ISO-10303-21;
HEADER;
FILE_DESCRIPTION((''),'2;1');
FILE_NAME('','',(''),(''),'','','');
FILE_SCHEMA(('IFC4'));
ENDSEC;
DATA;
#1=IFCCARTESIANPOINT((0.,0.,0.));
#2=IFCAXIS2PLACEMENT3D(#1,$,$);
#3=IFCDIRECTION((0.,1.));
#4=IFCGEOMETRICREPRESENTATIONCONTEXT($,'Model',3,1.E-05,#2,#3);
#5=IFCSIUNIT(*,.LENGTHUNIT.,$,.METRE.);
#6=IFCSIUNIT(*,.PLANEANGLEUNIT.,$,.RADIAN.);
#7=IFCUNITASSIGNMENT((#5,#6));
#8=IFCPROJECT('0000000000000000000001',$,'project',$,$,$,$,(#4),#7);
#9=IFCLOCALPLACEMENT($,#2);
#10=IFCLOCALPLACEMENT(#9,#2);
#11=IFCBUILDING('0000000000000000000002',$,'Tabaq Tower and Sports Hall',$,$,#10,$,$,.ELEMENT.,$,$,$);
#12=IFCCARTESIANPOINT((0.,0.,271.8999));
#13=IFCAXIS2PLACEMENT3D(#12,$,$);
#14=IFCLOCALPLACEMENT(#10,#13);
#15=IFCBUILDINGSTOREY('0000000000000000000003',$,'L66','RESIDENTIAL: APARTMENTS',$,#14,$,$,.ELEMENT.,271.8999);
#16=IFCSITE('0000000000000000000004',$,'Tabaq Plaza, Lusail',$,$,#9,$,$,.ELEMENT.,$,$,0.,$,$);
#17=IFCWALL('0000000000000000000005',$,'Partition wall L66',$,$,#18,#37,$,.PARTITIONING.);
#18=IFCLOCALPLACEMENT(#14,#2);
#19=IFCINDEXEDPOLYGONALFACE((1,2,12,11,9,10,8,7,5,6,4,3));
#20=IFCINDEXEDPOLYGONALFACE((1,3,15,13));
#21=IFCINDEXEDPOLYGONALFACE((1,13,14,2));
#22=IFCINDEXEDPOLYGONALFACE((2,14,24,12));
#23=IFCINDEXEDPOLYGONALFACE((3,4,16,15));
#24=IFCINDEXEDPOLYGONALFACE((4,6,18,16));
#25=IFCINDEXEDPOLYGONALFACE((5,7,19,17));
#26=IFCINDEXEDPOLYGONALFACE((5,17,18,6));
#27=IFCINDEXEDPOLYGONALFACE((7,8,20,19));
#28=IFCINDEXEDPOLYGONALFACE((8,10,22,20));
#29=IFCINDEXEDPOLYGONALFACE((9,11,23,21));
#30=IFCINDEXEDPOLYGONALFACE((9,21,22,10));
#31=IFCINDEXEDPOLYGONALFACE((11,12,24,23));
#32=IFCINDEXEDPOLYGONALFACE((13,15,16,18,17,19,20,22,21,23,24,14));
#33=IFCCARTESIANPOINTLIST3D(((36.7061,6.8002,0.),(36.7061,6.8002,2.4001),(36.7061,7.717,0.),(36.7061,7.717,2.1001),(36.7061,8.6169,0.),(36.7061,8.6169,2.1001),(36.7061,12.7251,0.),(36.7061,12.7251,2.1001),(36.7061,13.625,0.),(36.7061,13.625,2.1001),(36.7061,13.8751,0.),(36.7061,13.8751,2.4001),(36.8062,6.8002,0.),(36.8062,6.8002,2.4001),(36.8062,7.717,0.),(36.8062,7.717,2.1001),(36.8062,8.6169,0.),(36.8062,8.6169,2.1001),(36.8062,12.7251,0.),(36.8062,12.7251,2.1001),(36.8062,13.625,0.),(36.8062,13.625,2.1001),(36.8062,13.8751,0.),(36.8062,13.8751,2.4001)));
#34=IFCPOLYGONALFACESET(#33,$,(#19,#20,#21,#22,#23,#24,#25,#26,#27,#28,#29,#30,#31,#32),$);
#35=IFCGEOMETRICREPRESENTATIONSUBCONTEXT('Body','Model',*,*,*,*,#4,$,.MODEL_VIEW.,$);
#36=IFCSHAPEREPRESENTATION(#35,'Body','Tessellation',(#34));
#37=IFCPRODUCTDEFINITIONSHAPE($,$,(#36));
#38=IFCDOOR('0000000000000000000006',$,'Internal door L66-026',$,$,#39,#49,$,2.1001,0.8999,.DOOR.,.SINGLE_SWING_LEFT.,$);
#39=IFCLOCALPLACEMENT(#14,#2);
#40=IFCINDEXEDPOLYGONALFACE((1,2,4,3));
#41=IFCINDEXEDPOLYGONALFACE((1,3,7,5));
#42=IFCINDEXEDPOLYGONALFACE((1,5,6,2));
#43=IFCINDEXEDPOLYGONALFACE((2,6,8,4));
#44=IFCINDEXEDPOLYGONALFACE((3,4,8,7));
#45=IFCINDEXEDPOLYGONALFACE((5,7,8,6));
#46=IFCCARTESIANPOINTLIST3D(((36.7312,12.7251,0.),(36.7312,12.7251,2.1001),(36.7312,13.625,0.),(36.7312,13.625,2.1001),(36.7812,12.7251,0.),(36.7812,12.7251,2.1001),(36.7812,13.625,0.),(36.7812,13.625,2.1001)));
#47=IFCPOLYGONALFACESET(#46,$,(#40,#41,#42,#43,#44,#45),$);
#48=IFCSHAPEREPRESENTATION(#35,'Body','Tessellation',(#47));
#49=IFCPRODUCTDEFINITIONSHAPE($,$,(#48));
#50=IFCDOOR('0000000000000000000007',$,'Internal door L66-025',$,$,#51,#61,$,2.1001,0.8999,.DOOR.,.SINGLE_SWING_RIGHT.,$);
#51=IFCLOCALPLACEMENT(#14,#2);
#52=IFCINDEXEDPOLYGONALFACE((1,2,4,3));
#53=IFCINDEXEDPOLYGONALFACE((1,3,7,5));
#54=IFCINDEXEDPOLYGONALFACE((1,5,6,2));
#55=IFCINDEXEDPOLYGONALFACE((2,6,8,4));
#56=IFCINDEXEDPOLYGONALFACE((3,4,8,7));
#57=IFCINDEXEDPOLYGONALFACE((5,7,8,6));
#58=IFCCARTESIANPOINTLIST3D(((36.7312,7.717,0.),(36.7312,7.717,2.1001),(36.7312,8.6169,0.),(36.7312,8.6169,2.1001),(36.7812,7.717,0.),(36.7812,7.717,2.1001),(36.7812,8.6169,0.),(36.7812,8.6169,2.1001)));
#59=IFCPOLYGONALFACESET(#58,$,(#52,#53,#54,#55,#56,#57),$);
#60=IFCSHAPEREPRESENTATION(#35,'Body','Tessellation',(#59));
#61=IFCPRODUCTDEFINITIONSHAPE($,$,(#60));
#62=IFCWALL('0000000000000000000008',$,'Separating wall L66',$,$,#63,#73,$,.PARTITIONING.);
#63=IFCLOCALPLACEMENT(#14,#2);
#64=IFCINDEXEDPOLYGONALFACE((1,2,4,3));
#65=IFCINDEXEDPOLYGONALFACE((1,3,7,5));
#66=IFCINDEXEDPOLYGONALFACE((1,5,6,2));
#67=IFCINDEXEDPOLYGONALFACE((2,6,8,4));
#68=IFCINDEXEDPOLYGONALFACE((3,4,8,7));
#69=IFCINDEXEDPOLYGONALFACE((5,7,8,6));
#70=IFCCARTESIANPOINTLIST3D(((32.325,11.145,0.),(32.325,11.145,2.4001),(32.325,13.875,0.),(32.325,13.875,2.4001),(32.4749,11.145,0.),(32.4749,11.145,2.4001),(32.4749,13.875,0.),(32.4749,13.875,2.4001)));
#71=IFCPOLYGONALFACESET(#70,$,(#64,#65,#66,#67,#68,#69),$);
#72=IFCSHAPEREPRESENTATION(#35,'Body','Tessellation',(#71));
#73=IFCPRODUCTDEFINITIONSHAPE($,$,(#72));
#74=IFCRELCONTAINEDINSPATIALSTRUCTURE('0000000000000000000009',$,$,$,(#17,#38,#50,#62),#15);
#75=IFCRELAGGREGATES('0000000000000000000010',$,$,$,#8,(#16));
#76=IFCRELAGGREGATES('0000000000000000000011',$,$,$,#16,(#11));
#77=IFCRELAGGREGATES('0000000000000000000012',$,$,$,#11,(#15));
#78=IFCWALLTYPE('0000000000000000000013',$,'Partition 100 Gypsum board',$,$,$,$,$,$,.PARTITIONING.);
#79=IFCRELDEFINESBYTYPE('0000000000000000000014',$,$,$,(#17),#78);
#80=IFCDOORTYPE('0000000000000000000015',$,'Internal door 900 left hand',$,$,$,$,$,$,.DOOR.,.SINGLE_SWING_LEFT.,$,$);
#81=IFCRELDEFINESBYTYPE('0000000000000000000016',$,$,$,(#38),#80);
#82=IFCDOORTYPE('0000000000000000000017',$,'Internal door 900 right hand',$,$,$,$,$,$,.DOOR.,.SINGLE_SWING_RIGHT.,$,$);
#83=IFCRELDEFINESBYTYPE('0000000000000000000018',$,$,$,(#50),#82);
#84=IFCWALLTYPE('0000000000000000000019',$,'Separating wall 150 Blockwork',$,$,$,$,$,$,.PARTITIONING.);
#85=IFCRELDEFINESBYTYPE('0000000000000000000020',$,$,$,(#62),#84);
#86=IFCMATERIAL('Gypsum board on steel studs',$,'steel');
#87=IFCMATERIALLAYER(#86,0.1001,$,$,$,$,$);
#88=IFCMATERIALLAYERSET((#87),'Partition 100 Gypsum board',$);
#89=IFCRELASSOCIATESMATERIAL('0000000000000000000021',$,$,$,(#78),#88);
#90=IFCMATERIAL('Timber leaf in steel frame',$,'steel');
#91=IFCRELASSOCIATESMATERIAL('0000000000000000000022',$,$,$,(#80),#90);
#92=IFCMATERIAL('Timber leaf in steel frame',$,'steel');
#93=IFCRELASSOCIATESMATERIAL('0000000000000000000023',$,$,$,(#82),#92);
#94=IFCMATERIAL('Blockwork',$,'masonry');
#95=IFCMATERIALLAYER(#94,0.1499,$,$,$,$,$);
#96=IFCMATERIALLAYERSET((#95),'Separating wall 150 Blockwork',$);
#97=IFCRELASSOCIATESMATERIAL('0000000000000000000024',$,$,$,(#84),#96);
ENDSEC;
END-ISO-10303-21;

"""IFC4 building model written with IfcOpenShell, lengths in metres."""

from ifc_helpers import new_model, si_unit, direction, frame, frame_2d, origin, place, context, subcontext, project, spatial, rectangle, extrude, material, layer, layer_set, type_object, element, fill, save


model = new_model("IFC4")

# Units and contexts
model_context = context("Model", 3, precision=1e-05, world=origin(), true_north=direction((0.0, 1.0)))
body_context = subcontext(model_context, "Body", "Model", "MODEL_VIEW")
ifc_project = project(units=[si_unit("LENGTHUNIT", "METRE"), si_unit("PLANEANGLEUNIT", "RADIAN")], contexts=[model_context])

# Site, building, storey
site_placement = place(None, origin())
site = spatial("IfcSite", under=ifc_project, at=site_placement, Name="Tabaq Plaza, Lusail", CompositionType="ELEMENT", RefElevation=0.0)
building_placement = place(site_placement, origin())
building = spatial("IfcBuilding", under=site, at=building_placement, Name="Tabaq Tower and Sports Hall", CompositionType="ELEMENT")
storey_placement = place(building_placement, frame((0.0, 0.0, 271.8999)))
storey = spatial("IfcBuildingStorey", under=building, at=storey_placement, Name="L66", Description="RESIDENTIAL: APARTMENTS", CompositionType="ELEMENT", Elevation=271.8999)

# Shared definitions
ifc_material_1 = material(Name="Gypsum board on steel studs", Category="steel")
ifc_layer_1 = layer(ifc_material_1, 0.1001)
ifc_layer_set_1 = layer_set([ifc_layer_1], Name="Partition 100 Gypsum board")
wall_type_1 = type_object("IfcWallType", Name="Partition 100 Gypsum board", PredefinedType="PARTITIONING", material=ifc_layer_set_1)
ifc_material_2 = material(Name="Timber leaf in steel frame", Category="steel")
door_type_1 = type_object("IfcDoorType", Name="Internal door 900 left hand", OperationType="SINGLE_SWING_LEFT", PredefinedType="DOOR", material=ifc_material_2)

# Wall, openings, doors
wall_1_placement = place(storey_placement, frame((36.7561, 6.8, 0.0), z_axis=(0.0, 0.0, 1.0), x_axis=(0.0, 1.0, 0.0)))
wall_1 = element("IfcWall", 1, at=wall_1_placement, inside=storey, type_object=wall_type_1, Name="Partition wall L66", PredefinedType="PARTITIONING", context=body_context, shape_type="SweptSolid", body=[
    extrude(rectangle(XDim=7.075, YDim=0.1001, at=frame_2d((3.5376, 0.0))), origin(), (0.0, 0.0, 1.0), 2.4001),
])
opening_1_placement = place(wall_1_placement, frame((0.917, 0.0, 0.0)))
opening_1 = element("IfcOpeningElement", 2, at=opening_1_placement, cuts=wall_1, PredefinedType="OPENING", context=body_context, shape_type="SweptSolid", body=[
    extrude(rectangle(XDim=0.8999, YDim=2.1001, at=frame_2d((0.45, 1.05))), frame((0.0, 0.05, 0.0), z_axis=(0.0, -1.0, 0.0), x_axis=(1.0, 0.0, 0.0)), (0.0, 0.0, 1.0), 0.1001),
])
opening_2_placement = place(wall_1_placement, frame((5.925, 0.0, 0.0)))
opening_2 = element("IfcOpeningElement", 3, at=opening_2_placement, cuts=wall_1, PredefinedType="OPENING", context=body_context, shape_type="SweptSolid", body=[
    extrude(rectangle(XDim=0.8999, YDim=2.1001, at=frame_2d((0.45, 1.05))), frame((0.0, 0.05, 0.0), z_axis=(0.0, -1.0, 0.0), x_axis=(1.0, 0.0, 0.0)), (0.0, 0.0, 1.0), 0.1001),
])
door_1_placement = place(opening_2_placement, origin())
door_1 = element("IfcDoor", 4, at=door_1_placement, inside=storey, type_object=door_type_1, Name="Internal door L66-026", OperationType="SINGLE_SWING_LEFT", OverallHeight=2.1001, OverallWidth=0.8999, PredefinedType="DOOR", context=body_context, shape_type="SweptSolid", body=[
    extrude(rectangle(XDim=0.8999, YDim=2.1001, at=frame_2d((0.45, 1.05))), frame((0.0, 0.0249, 0.0), z_axis=(0.0, -1.0, 0.0), x_axis=(1.0, 0.0, 0.0)), (0.0, 0.0, 1.0), 0.05),
])
fill(opening_2, door_1)
ifc_material_3 = material(Name="Timber leaf in steel frame", Category="steel")
door_type_2 = type_object("IfcDoorType", Name="Internal door 900 right hand", OperationType="SINGLE_SWING_RIGHT", PredefinedType="DOOR", material=ifc_material_3)
door_2_placement = place(opening_1_placement, origin())
door_2 = element("IfcDoor", 5, at=door_2_placement, inside=storey, type_object=door_type_2, Name="Internal door L66-025", OperationType="SINGLE_SWING_RIGHT", OverallHeight=2.1001, OverallWidth=0.8999, PredefinedType="DOOR", context=body_context, shape_type="SweptSolid", body=[
    extrude(rectangle(XDim=0.8999, YDim=2.1001, at=frame_2d((0.45, 1.05))), frame((0.0, 0.0249, 0.0), z_axis=(0.0, -1.0, 0.0), x_axis=(1.0, 0.0, 0.0)), (0.0, 0.0, 1.0), 0.05),
])
fill(opening_1, door_2)

# Wall
ifc_material_4 = material(Name="Blockwork", Category="masonry")
ifc_layer_2 = layer(ifc_material_4, 0.1499)
ifc_layer_set_2 = layer_set([ifc_layer_2], Name="Separating wall 150 Blockwork")
wall_type_2 = type_object("IfcWallType", Name="Separating wall 150 Blockwork", PredefinedType="PARTITIONING", material=ifc_layer_set_2)
wall_2_placement = place(storey_placement, frame((32.3999, 11.145, 0.0), z_axis=(0.0, 0.0, 1.0), x_axis=(0.0, 1.0, 0.0)))
element("IfcWall", 6, at=wall_2_placement, inside=storey, type_object=wall_type_2, Name="Separating wall L66", PredefinedType="PARTITIONING", context=body_context, shape_type="SweptSolid", body=[
    extrude(rectangle(XDim=2.73, YDim=0.1499, at=frame_2d((1.365, 0.0))), origin(), (0.0, 0.0, 1.0), 2.4001),
])

save(model, "model.ifc")
